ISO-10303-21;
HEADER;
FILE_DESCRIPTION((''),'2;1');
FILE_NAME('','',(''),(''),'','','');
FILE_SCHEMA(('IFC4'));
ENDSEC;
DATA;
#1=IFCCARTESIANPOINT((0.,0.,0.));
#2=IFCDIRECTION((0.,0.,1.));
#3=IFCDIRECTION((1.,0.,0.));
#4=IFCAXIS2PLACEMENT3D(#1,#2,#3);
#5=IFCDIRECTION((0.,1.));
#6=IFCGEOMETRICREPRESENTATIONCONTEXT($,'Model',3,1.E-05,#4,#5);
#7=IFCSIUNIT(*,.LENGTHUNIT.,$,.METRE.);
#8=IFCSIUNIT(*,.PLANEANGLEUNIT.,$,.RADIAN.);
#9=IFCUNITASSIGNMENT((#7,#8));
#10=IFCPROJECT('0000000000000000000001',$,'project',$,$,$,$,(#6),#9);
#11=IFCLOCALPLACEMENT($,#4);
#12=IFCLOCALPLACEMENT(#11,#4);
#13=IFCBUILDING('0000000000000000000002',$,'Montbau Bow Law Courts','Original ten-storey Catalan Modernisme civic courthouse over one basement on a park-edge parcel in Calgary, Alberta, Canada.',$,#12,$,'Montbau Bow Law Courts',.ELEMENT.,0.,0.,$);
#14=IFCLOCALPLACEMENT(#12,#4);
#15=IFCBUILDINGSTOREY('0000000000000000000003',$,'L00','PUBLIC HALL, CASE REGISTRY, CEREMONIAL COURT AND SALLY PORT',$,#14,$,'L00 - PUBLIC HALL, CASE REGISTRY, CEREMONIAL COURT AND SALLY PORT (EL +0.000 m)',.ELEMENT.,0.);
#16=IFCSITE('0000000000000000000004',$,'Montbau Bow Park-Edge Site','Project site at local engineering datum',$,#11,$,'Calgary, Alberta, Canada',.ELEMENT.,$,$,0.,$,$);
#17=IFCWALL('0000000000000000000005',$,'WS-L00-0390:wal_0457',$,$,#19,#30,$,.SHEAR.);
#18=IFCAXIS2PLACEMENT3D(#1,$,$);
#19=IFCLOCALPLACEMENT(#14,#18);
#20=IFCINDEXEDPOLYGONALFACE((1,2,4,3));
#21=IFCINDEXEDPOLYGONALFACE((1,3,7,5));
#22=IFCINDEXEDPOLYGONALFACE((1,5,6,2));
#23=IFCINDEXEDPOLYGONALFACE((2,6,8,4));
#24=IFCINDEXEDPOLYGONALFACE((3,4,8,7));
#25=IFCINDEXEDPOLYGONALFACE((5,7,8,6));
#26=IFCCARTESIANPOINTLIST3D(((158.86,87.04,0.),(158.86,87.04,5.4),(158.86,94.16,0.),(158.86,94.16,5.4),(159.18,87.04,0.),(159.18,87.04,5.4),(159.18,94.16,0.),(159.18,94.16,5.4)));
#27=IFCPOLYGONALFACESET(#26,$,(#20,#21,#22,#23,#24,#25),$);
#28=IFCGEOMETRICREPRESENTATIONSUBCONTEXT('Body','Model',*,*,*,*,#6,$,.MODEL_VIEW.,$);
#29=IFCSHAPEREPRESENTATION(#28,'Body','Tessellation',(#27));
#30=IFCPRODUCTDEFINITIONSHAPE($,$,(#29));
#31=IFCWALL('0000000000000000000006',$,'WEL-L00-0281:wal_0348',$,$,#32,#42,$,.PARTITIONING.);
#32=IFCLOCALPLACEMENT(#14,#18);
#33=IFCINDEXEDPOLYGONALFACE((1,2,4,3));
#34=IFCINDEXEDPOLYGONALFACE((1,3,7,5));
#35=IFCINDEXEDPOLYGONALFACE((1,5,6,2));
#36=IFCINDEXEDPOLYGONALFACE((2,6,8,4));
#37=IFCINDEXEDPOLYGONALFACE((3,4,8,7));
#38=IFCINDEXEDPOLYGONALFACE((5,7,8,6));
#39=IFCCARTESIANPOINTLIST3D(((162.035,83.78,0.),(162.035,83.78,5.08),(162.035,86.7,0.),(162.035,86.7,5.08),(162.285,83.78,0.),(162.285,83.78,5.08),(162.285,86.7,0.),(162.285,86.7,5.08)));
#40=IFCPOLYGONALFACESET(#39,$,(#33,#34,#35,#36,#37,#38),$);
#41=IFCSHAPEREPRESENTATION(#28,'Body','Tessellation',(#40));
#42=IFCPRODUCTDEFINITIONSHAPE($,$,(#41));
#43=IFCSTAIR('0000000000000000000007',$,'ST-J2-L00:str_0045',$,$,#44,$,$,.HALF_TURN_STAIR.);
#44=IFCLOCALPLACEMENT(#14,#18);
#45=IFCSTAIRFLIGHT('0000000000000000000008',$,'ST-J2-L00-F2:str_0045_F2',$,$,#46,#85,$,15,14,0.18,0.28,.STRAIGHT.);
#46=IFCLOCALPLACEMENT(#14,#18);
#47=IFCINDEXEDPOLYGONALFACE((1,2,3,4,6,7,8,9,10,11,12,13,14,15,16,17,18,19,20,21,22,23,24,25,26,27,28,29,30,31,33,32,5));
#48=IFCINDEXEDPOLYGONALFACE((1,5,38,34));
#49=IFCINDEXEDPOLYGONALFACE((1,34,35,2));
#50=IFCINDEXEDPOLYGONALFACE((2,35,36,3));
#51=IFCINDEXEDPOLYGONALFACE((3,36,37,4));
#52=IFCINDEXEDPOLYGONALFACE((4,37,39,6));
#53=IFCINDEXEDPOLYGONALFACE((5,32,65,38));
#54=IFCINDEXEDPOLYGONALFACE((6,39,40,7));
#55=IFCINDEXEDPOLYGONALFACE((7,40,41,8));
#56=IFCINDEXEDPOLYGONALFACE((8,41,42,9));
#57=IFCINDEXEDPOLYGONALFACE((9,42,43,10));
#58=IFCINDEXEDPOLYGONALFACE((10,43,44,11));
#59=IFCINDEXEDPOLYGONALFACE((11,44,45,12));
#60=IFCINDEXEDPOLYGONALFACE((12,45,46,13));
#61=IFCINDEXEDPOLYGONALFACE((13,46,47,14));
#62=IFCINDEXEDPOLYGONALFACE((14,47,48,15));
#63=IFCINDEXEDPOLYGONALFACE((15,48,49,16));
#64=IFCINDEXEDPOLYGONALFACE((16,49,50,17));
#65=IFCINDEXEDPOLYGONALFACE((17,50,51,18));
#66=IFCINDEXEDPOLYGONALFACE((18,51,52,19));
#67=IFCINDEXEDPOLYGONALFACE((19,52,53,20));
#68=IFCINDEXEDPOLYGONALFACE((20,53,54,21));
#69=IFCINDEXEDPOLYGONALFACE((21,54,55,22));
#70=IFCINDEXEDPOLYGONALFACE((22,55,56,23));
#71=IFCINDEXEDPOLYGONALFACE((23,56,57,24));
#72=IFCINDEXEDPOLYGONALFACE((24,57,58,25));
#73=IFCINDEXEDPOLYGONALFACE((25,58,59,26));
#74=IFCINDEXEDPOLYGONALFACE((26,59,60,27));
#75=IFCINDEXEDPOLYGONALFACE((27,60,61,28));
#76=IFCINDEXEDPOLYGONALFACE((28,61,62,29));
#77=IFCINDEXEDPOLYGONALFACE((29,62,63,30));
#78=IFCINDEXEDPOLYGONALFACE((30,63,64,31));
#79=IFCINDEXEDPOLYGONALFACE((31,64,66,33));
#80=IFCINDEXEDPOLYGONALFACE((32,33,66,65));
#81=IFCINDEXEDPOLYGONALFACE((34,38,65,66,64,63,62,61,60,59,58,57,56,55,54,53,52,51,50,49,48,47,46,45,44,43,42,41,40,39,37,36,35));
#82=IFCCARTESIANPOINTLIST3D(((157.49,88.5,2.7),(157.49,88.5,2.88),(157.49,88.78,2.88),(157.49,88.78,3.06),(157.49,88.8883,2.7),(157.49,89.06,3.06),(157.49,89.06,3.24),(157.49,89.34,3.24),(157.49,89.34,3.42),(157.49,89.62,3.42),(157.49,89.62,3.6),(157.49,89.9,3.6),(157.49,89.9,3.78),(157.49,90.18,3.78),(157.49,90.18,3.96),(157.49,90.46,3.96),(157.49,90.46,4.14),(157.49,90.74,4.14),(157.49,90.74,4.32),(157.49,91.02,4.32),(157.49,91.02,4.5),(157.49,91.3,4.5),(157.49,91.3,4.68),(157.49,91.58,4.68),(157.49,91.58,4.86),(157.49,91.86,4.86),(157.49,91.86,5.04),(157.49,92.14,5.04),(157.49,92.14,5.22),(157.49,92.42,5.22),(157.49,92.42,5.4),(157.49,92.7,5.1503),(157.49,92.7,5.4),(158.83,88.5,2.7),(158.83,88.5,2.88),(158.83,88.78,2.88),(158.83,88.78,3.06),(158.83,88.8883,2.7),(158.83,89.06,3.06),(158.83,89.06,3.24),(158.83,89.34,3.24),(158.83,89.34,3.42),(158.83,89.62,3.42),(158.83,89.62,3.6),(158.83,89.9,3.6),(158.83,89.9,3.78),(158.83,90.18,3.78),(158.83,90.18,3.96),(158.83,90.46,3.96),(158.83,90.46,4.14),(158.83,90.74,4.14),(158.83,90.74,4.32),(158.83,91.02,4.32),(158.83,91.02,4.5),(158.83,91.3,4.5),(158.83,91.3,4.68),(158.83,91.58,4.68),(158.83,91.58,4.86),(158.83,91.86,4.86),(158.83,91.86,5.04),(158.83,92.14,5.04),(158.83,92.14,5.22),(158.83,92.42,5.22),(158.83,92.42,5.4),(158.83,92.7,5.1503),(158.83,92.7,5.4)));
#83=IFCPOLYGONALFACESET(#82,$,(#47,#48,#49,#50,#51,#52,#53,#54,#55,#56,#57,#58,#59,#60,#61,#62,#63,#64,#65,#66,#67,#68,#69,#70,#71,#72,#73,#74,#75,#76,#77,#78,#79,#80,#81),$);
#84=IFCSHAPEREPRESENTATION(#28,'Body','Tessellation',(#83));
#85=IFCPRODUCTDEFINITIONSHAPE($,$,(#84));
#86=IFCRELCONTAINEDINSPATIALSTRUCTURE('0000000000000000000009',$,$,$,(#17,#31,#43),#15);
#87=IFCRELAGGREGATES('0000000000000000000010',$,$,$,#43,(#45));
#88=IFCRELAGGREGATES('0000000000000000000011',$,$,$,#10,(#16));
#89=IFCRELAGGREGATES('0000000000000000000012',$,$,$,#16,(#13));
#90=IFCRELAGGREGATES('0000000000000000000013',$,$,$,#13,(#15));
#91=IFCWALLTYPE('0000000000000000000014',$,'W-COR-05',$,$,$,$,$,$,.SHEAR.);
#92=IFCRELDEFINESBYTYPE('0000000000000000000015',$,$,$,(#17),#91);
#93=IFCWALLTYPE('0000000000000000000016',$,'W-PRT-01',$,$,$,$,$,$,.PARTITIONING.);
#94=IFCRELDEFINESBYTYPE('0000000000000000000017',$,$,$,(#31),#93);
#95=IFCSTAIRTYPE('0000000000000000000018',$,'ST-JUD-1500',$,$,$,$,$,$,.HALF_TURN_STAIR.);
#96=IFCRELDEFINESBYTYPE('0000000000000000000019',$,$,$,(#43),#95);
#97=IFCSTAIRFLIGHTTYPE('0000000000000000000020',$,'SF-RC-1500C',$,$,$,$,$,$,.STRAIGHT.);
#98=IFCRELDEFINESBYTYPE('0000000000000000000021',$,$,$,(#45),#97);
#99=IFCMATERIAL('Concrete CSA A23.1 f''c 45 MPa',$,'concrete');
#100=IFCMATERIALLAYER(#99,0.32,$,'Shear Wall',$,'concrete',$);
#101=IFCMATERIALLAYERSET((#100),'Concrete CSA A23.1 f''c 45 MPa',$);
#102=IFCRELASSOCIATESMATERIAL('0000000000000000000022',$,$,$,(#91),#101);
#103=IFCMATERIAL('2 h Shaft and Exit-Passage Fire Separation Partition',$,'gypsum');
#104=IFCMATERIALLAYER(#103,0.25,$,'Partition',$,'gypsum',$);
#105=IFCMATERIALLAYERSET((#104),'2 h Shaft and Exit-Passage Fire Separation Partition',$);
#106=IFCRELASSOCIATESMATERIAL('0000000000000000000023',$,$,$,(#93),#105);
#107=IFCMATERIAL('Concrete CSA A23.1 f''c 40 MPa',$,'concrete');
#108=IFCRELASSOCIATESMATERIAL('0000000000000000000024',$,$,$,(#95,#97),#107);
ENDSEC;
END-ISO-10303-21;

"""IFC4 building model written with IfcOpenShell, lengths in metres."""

from ifc_helpers import new_model, si_unit, direction, frame, frame_2d, origin_with_axes, place, context, subcontext, project, spatial, polyline, rectangle, outline, extrude, material, layer, layer_set, type_object, element, aggregate, save


model = new_model("IFC4")

# Units and contexts
model_context = context("Model", 3, precision=1e-05, world=origin_with_axes(), true_north=direction((0.0, 1.0)))
body_context = subcontext(model_context, "Body", "Model", "MODEL_VIEW")
ifc_project = project(units=[si_unit("LENGTHUNIT", "METRE"), si_unit("PLANEANGLEUNIT", "RADIAN")], contexts=[model_context])

# Site, building, storey
site_placement = place(None, origin_with_axes())
site = spatial("IfcSite", under=ifc_project, at=site_placement, Name="Montbau Bow Park-Edge Site", Description="Project site at local engineering datum", LongName="Calgary, Alberta, Canada", CompositionType="ELEMENT", RefElevation=0.0)
building_placement = place(site_placement, origin_with_axes())
building = spatial("IfcBuilding", under=site, at=building_placement, Name="Montbau Bow Law Courts", Description="Original ten-storey Catalan Modernisme civic courthouse over one basement on a park-edge parcel in Calgary, Alberta, Canada.", LongName="Montbau Bow Law Courts", CompositionType="ELEMENT", ElevationOfRefHeight=0.0, ElevationOfTerrain=0.0)
storey_placement = place(building_placement, origin_with_axes())
storey = spatial("IfcBuildingStorey", under=building, at=storey_placement, Name="L00", Description="PUBLIC HALL, CASE REGISTRY, CEREMONIAL COURT AND SALLY PORT", LongName="L00 - PUBLIC HALL, CASE REGISTRY, CEREMONIAL COURT AND SALLY PORT (EL +0.000 m)", CompositionType="ELEMENT", Elevation=0.0)

# Shared definitions
ifc_material_1 = material(Name="Concrete CSA A23.1 f'c 45 MPa", Category="concrete")

# Shared definitions
ifc_layer_1 = layer(ifc_material_1, 0.32, Name="Shear Wall", Category="concrete")
ifc_layer_set_1 = layer_set([ifc_layer_1], Name="Concrete CSA A23.1 f'c 45 MPa")
wall_type_1 = type_object("IfcWallType", Name="W-COR-05", PredefinedType="SHEAR", material=ifc_layer_set_1)

# Walls
wall_1_placement = place(None, frame((159.02, 87.04, 0.0), z_axis=(0.0, 0.0, 1.0), x_axis=(0.0, 1.0, 0.0)))
element("IfcWall", 1, at=wall_1_placement, inside=storey, type_object=wall_type_1, Name="WS-L00-0390:wal_0457", PredefinedType="SHEAR", context=body_context, shape_type="SweptSolid", body=[
    extrude(rectangle(XDim=7.12, YDim=0.32, at=frame_2d((3.56, 0.0), x_axis=(1.0, 0.0))), origin_with_axes(), (0.0, 0.0, 1.0), 5.4),
])
ifc_material_2 = material(Name="2 h Shaft and Exit-Passage Fire Separation Partition", Category="gypsum")
ifc_layer_2 = layer(ifc_material_2, 0.25, Name="Partition", Category="gypsum")
ifc_layer_set_2 = layer_set([ifc_layer_2], Name="2 h Shaft and Exit-Passage Fire Separation Partition")
wall_type_2 = type_object("IfcWallType", Name="W-PRT-01", PredefinedType="PARTITIONING", material=ifc_layer_set_2)
wall_2_placement = place(None, frame((162.16, 83.78, 0.0), z_axis=(0.0, 0.0, 1.0), x_axis=(0.0, 1.0, 0.0)))
element("IfcWall", 2, at=wall_2_placement, inside=storey, type_object=wall_type_2, Name="WEL-L00-0281:wal_0348", PredefinedType="PARTITIONING", context=body_context, shape_type="SweptSolid", body=[
    extrude(rectangle(XDim=2.92, YDim=0.25, at=frame_2d((1.46, 0.0), x_axis=(1.0, 0.0))), origin_with_axes(), (0.0, 0.0, 1.0), 5.08),
])

# Stair, stair flight
ifc_material_3 = material(Name="Concrete CSA A23.1 f'c 40 MPa", Category="concrete")
stair_type = type_object("IfcStairType", Name="ST-JUD-1500", PredefinedType="HALF_TURN_STAIR", material=ifc_material_3)
stair_placement = place(None, frame((156.265, 92.7, 0.0), z_axis=(0.0, 0.0, 1.0), x_axis=(1.0, 0.0, 0.0)))
stair = element("IfcStair", 3, at=stair_placement, inside=storey, type_object=stair_type, Name="ST-J2-L00:str_0045", PredefinedType="HALF_TURN_STAIR")
stair_flight_type = type_object("IfcStairFlightType", Name="SF-RC-1500C", PredefinedType="STRAIGHT", material=ifc_material_3)
stair_flight_placement = place(None, frame((158.16, 88.5, 2.7), z_axis=(0.0, 0.0, 1.0), x_axis=(0.0, 1.0, 0.0)))
stair_flight = element("IfcStairFlight", 4, at=stair_flight_placement, type_object=stair_flight_type, Name="ST-J2-L00-F2:str_0045_F2", NumberOfRisers=15, NumberOfTreads=14, PredefinedType="STRAIGHT", RiserHeight=0.18, TreadLength=0.28, context=body_context, shape_type="SweptSolid", body=[
    extrude(outline(polyline([(0.0, 0.0), (0.0, 0.18), (0.28, 0.18), (0.28, 0.36), (0.56, 0.36), (0.56, 0.54), (0.84, 0.54), (0.84, 0.72), (1.12, 0.72), (1.12, 0.9), (1.4, 0.9), (1.4, 1.08), (1.68, 1.08), (1.68, 1.26), (1.96, 1.26), (1.96, 1.44), (2.24, 1.44), (2.24, 1.62), (2.52, 1.62), (2.52, 1.8), (2.8, 1.8), (2.8, 1.98), (3.08, 1.98), (3.08, 2.16), (3.36, 2.16), (3.36, 2.34), (3.64, 2.34), (3.64, 2.52), (3.92, 2.52), (3.92, 2.7), (4.2, 2.7), (4.2, 2.4503), (0.3883, 0.0), (0.0, 0.0)])), frame((0.0, 0.67, 0.0), z_axis=(0.0, -1.0, 0.0), x_axis=(1.0, 0.0, 0.0)), (0.0, 0.0, 1.0), 1.34),
])
aggregate(stair, [stair_flight])

save(model, "model.ifc")
